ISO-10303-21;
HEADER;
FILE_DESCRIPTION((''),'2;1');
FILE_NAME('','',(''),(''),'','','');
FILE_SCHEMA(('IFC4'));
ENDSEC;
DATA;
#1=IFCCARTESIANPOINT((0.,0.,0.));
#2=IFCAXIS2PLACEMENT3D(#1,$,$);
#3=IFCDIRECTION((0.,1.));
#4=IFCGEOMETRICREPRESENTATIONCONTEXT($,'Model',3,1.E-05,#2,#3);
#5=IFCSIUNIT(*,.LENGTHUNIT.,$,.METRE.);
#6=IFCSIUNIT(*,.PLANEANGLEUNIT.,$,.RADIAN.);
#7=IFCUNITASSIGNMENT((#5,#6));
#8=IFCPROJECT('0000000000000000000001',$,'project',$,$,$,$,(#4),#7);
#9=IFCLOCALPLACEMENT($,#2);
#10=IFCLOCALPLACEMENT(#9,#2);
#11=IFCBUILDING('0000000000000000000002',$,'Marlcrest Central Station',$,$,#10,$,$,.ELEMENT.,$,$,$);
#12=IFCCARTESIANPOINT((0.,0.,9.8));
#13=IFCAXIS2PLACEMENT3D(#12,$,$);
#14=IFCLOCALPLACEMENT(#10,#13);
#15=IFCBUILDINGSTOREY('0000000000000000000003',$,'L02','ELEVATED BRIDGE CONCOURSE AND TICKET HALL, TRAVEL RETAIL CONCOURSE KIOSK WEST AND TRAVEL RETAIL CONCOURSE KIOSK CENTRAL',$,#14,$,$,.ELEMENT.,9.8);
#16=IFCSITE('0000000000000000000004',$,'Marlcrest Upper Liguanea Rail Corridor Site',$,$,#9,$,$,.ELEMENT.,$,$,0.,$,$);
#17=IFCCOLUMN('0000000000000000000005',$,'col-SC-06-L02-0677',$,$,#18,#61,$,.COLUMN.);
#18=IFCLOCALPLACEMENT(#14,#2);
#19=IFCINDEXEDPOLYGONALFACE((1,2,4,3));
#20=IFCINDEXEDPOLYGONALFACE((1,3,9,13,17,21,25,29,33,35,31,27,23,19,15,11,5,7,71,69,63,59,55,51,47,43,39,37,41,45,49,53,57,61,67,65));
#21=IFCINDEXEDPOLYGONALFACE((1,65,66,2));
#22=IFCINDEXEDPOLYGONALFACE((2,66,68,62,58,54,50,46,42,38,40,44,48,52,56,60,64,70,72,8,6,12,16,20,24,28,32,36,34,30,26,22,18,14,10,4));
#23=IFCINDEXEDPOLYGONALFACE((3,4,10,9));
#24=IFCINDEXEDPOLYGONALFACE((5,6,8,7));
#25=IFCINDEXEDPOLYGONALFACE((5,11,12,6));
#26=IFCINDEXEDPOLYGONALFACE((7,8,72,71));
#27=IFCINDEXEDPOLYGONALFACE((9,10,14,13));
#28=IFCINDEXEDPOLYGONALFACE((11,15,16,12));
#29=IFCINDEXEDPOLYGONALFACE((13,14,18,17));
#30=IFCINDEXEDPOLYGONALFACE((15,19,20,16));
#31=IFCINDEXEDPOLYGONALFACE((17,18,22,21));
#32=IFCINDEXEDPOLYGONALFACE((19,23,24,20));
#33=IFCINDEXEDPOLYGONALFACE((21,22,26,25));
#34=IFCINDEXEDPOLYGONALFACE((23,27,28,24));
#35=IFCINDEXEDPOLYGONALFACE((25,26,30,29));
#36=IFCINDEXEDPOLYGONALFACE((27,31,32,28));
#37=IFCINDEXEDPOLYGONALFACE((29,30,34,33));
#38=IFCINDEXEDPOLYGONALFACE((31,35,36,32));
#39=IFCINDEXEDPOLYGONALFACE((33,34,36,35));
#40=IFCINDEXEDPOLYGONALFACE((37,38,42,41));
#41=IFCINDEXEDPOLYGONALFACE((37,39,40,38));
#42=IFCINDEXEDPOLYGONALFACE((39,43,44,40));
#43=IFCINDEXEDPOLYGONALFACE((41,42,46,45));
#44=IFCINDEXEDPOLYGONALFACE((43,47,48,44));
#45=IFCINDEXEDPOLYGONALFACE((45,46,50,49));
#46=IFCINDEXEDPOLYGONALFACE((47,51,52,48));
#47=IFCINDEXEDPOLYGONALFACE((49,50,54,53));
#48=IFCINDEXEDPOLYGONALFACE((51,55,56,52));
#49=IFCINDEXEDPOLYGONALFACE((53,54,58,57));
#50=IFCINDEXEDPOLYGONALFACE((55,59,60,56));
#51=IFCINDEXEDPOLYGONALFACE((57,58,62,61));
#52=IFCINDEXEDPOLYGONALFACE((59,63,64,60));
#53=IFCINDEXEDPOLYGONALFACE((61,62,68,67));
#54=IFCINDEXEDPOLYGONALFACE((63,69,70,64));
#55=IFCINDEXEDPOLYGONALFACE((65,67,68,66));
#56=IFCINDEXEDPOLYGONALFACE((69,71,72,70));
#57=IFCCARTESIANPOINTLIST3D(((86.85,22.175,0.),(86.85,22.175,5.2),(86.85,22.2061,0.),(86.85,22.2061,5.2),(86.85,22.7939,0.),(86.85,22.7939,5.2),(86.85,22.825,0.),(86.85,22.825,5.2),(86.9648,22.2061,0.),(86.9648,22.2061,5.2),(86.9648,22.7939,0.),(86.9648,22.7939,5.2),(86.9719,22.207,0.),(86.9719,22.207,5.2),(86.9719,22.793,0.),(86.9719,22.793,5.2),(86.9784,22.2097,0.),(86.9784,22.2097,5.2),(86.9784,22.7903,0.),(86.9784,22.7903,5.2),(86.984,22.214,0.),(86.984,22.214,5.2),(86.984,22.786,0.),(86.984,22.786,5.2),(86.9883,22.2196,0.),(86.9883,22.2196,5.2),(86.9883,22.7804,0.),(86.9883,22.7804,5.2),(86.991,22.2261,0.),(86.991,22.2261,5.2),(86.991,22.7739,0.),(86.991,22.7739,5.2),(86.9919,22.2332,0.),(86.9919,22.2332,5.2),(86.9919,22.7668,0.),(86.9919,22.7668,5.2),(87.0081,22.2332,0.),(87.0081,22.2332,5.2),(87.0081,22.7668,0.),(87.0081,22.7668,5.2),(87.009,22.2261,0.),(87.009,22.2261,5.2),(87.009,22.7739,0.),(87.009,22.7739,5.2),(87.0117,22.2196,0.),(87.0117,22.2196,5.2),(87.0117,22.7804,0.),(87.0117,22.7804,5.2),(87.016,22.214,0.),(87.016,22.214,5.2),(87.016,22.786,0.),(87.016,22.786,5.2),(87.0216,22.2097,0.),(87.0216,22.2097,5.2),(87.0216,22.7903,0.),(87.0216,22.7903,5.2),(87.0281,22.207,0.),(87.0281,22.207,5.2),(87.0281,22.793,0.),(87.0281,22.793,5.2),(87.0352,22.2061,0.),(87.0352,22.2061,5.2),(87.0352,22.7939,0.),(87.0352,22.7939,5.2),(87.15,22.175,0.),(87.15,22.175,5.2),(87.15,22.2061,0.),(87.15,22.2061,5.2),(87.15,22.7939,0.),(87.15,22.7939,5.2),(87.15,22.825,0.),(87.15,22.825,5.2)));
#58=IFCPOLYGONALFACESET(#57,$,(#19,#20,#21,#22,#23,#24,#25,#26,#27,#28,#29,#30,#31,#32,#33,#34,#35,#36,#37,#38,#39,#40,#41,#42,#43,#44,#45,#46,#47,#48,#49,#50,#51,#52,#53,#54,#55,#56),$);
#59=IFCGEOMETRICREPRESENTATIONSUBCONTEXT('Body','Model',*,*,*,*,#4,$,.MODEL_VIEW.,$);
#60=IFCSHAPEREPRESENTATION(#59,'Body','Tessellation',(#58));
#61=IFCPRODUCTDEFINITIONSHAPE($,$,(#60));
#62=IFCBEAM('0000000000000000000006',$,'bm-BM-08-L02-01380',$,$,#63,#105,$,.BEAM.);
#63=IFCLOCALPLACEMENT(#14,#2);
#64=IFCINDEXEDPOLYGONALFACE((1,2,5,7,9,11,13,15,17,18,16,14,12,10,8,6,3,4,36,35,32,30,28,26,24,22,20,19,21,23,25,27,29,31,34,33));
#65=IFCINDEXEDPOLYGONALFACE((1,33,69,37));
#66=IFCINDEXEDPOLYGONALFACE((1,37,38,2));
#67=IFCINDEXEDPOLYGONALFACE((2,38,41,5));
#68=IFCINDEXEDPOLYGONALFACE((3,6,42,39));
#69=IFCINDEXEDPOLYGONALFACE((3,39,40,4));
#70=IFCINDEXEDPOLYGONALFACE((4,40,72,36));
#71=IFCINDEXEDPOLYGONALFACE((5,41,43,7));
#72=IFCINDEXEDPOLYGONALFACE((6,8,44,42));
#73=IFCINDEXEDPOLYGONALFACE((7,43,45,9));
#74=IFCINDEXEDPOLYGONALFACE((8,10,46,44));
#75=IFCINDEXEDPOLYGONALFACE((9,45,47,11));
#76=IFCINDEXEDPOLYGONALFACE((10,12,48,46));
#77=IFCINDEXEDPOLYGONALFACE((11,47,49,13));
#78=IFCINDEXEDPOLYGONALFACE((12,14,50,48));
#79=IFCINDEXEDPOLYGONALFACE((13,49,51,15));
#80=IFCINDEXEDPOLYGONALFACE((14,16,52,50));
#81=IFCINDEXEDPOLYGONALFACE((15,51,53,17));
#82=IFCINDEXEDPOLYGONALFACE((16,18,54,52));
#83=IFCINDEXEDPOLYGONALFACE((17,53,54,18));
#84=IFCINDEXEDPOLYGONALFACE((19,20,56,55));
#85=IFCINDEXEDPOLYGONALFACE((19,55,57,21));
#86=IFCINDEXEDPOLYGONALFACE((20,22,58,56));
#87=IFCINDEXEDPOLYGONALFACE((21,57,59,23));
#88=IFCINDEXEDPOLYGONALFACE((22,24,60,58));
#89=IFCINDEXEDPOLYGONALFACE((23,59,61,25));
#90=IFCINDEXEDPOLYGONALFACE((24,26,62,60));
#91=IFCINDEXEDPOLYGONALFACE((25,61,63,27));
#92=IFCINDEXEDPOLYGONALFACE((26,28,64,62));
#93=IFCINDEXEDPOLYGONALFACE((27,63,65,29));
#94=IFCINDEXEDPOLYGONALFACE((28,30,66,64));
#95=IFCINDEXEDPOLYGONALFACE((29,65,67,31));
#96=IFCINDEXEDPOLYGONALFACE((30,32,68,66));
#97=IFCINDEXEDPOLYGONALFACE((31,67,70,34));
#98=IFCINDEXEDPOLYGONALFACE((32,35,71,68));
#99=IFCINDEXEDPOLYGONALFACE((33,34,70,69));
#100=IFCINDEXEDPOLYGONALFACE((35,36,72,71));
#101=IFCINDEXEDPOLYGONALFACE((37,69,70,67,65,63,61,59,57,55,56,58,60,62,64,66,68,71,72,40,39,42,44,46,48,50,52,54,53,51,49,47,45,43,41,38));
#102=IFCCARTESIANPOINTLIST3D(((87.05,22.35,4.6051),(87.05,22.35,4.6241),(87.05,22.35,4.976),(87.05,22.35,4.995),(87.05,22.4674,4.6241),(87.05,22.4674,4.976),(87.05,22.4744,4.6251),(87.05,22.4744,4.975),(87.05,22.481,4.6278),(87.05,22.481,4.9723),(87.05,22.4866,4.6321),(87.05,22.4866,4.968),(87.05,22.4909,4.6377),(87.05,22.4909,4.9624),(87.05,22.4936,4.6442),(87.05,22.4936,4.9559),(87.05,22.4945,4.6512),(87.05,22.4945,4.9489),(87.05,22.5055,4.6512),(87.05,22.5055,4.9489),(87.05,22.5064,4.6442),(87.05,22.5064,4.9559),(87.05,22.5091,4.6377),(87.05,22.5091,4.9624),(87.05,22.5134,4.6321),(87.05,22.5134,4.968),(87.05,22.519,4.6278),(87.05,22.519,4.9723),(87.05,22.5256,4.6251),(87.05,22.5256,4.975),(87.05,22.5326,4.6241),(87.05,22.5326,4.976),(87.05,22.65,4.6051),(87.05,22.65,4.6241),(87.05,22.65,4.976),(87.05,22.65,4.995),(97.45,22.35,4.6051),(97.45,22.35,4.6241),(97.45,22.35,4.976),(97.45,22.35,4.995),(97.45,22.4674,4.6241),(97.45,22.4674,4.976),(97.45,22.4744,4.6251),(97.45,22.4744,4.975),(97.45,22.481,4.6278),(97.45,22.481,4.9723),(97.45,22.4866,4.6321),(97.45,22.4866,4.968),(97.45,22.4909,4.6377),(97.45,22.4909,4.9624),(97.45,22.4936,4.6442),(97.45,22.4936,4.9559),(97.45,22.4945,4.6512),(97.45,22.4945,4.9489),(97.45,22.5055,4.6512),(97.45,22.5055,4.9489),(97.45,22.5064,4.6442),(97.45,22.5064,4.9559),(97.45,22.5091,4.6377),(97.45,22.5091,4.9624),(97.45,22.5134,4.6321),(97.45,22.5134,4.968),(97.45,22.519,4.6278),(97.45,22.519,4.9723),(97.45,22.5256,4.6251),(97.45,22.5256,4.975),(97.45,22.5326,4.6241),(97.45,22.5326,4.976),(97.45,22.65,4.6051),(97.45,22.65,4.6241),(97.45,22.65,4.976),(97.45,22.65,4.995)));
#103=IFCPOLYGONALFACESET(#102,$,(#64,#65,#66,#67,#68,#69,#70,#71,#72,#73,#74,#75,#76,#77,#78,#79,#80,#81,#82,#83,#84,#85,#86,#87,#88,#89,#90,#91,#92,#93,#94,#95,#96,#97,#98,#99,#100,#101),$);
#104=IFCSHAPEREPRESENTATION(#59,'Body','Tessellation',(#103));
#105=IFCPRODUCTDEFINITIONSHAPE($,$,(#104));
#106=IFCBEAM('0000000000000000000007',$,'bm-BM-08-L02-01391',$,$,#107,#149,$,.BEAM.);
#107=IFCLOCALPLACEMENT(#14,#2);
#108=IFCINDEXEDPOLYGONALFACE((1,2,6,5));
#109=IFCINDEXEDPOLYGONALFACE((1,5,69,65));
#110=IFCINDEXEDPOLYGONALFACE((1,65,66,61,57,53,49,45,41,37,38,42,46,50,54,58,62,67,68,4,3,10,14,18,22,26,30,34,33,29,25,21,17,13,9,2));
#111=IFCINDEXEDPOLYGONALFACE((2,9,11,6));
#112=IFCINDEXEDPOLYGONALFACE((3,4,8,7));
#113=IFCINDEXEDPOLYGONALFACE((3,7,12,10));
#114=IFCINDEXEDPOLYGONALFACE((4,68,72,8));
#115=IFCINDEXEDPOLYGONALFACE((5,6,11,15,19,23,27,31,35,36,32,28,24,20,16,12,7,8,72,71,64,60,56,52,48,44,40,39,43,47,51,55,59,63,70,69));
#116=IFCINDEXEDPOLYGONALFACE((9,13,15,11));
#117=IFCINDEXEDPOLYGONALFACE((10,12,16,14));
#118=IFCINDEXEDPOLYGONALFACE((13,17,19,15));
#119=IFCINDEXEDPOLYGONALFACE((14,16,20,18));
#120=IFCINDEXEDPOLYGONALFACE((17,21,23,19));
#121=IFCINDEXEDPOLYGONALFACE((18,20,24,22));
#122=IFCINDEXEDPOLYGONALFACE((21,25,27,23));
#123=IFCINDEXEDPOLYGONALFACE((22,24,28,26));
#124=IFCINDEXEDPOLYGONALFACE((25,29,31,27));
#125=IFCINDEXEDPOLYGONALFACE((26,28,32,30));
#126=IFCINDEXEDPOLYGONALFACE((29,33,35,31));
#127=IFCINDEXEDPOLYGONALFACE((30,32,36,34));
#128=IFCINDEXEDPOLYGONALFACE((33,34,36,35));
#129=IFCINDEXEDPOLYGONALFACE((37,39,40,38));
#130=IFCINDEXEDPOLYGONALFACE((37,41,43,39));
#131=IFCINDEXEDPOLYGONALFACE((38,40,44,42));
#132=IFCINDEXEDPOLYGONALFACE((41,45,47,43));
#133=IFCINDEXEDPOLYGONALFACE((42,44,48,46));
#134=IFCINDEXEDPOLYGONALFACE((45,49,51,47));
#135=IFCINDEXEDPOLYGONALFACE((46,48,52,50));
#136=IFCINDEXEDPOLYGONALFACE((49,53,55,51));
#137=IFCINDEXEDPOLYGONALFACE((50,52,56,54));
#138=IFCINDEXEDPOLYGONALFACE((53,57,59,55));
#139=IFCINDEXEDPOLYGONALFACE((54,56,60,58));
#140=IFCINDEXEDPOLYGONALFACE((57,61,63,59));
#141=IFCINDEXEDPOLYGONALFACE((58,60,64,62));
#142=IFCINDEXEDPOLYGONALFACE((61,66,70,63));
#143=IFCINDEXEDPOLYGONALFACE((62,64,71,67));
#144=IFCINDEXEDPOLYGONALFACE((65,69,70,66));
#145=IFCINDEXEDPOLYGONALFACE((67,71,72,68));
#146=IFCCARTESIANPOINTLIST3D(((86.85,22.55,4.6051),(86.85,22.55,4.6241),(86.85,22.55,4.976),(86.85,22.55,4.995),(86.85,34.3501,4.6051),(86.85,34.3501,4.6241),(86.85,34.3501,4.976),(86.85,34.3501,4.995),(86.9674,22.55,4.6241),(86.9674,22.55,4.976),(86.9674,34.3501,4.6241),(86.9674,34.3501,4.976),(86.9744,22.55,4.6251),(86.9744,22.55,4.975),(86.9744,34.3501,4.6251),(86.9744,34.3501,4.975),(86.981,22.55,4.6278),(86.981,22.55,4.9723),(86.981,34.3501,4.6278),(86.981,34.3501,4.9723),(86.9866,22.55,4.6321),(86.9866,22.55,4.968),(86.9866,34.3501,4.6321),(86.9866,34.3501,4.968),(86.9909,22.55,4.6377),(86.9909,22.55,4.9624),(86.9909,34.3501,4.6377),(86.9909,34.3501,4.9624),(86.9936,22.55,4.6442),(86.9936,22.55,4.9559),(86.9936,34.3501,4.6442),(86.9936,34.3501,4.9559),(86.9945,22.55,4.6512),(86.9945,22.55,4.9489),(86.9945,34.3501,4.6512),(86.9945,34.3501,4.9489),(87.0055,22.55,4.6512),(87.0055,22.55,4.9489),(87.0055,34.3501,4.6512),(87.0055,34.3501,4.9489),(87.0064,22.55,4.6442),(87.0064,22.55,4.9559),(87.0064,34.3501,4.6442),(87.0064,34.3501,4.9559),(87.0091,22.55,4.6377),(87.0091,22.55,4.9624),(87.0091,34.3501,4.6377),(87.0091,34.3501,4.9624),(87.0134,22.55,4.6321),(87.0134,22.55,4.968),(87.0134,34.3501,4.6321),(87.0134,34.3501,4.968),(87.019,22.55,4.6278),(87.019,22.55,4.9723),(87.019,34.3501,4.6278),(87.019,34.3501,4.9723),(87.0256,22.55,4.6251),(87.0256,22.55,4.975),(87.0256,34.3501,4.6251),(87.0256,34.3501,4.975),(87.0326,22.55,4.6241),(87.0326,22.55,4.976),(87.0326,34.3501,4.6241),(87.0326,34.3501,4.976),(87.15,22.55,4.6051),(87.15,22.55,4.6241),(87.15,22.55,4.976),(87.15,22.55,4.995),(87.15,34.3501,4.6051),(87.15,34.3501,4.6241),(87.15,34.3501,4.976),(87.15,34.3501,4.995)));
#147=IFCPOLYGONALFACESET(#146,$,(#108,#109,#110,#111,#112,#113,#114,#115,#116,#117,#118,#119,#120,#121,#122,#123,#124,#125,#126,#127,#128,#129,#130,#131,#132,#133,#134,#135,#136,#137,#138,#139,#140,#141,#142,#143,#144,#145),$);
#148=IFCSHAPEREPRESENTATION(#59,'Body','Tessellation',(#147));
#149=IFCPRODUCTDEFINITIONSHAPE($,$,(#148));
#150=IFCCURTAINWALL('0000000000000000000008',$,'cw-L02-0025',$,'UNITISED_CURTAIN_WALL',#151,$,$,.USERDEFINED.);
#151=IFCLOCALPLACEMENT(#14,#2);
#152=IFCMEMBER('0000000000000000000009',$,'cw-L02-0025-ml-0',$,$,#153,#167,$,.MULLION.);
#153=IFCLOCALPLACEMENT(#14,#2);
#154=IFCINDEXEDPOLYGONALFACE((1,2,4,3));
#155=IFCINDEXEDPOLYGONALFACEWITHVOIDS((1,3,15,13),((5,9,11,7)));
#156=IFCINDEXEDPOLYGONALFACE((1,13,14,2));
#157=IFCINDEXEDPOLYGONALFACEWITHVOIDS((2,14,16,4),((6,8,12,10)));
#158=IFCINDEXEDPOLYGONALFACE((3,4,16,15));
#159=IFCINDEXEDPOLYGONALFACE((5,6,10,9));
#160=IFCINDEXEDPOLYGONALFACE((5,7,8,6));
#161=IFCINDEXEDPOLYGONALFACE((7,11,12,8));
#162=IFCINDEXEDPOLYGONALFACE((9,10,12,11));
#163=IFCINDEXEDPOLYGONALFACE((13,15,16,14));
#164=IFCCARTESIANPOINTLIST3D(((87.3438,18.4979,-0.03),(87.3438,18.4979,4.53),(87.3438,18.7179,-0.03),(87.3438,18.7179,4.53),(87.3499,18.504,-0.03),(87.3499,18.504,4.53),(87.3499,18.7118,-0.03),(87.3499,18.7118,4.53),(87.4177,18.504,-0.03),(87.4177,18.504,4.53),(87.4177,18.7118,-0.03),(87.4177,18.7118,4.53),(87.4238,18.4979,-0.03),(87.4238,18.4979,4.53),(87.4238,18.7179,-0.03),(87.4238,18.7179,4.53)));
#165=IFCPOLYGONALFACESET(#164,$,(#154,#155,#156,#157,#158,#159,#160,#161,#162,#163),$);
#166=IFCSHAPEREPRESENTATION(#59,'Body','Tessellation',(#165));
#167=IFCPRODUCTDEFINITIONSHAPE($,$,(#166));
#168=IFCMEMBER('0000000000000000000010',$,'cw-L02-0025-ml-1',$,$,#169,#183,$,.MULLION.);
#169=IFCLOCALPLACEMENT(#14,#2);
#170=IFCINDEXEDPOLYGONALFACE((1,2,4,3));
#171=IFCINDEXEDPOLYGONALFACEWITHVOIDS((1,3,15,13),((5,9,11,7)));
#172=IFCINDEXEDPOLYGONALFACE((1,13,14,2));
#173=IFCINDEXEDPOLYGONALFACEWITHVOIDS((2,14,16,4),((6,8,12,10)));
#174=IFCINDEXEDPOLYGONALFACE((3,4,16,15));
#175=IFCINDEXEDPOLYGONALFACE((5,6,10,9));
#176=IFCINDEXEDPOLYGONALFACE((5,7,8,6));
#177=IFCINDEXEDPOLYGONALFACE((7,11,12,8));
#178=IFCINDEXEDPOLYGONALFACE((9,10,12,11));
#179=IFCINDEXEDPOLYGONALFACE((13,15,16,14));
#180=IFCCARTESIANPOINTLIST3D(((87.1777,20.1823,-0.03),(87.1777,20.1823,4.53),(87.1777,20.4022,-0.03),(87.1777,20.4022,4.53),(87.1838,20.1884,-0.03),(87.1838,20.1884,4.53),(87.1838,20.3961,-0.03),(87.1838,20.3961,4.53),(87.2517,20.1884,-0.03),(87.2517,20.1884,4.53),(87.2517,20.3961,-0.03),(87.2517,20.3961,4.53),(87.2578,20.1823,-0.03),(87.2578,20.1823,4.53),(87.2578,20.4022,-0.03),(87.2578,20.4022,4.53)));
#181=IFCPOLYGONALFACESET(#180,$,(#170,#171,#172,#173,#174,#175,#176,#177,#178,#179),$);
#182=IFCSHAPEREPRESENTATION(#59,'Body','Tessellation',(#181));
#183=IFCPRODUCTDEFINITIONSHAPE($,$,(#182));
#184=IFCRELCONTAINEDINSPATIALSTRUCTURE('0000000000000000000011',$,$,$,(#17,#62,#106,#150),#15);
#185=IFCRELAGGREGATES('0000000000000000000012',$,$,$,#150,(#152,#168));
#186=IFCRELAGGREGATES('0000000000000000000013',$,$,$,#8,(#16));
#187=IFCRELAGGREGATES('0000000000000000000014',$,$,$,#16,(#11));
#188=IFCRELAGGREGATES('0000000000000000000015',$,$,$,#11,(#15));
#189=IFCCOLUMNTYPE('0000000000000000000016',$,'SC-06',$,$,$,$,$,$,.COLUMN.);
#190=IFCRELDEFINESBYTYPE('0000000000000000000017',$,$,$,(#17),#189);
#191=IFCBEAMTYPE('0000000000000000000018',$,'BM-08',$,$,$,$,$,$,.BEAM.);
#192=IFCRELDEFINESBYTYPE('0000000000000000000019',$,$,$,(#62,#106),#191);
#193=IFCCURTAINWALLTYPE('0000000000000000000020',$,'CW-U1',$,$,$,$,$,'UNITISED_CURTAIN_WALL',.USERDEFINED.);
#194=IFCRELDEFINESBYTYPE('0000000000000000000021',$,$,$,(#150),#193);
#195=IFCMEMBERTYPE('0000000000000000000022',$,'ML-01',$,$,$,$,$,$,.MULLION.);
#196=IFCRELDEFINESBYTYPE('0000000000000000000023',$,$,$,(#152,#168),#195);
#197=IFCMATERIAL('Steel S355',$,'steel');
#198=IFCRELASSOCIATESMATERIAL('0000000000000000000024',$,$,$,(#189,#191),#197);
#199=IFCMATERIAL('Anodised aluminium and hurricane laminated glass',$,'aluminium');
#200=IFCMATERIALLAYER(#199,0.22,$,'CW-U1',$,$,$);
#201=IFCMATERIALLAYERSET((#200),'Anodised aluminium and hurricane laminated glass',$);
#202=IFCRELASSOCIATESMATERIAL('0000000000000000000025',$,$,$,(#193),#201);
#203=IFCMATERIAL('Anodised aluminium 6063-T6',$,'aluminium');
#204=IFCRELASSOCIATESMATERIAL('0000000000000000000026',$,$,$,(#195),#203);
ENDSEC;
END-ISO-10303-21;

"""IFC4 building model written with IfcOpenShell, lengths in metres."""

from ifc_helpers import new_model, si_unit, direction, frame, origin, origin_2d, place, context, subcontext, project, spatial, hollow_rectangle, i_section, extrude, material, layer, layer_set, material_profile, profile_set, type_object, element, aggregate, save


model = new_model("IFC4")

# Units and contexts
model_context = context("Model", 3, precision=1e-05, world=origin(), true_north=direction((0.0, 1.0)))
body_context = subcontext(model_context, "Body", "Model", "MODEL_VIEW")
ifc_project = project(units=[si_unit("LENGTHUNIT", "METRE"), si_unit("PLANEANGLEUNIT", "RADIAN")], contexts=[model_context])

# Site, building, storey
site_placement = place(None, origin())
site = spatial("IfcSite", under=ifc_project, at=site_placement, Name="Marlcrest Upper Liguanea Rail Corridor Site", CompositionType="ELEMENT", RefElevation=0.0)
building_placement = place(site_placement, origin())
building = spatial("IfcBuilding", under=site, at=building_placement, Name="Marlcrest Central Station", CompositionType="ELEMENT")
storey_placement = place(building_placement, frame((0.0, 0.0, 9.8)))
storey = spatial("IfcBuildingStorey", under=building, at=storey_placement, Name="L02", Description="ELEVATED BRIDGE CONCOURSE AND TICKET HALL, TRAVEL RETAIL CONCOURSE KIOSK WEST AND TRAVEL RETAIL CONCOURSE KIOSK CENTRAL", CompositionType="ELEMENT", Elevation=9.8)

# Column
ifc_material_1 = material(Name="Steel S355", Category="steel")
ifc_material_profile_1 = material_profile(ifc_material_1, i_section(OverallWidth=0.3, OverallDepth=0.6499, WebThickness=0.0161, FlangeThickness=0.031, FilletRadius=0.0271, at=origin_2d()), Name="HEB 650")
ifc_profile_set_1 = profile_set([ifc_material_profile_1], Name="Steel S355")
column_type = type_object("IfcColumnType", Name="SC-06", PredefinedType="COLUMN", material=ifc_profile_set_1)
column_placement = place(storey_placement, frame((87.0, 22.5, 0.0), z_axis=(0.0, 0.0, 1.0), x_axis=(1.0, 0.0, 0.0)))
element("IfcColumn", 1, at=column_placement, inside=storey, type_object=column_type, Name="col-SC-06-L02-0677", PredefinedType="COLUMN", context=body_context, shape_type="SweptSolid", body=[
    extrude(i_section(OverallWidth=0.3, OverallDepth=0.6499, WebThickness=0.0161, FlangeThickness=0.031, FilletRadius=0.0271, at=origin_2d()), origin(), (0.0, 0.0, 1.0), 5.2),
])

# Beams
ifc_material_profile_2 = material_profile(ifc_material_1, i_section(OverallWidth=0.3, OverallDepth=0.3899, WebThickness=0.011, FlangeThickness=0.019, FilletRadius=0.0271, at=origin_2d()), Name="HEA 400")
ifc_profile_set_2 = profile_set([ifc_material_profile_2], Name="Steel S355")
beam_type_1 = type_object("IfcBeamType", Name="BM-08", PredefinedType="BEAM", material=ifc_profile_set_2)
beam_1_placement = place(storey_placement, frame((87.05, 22.5, 4.8), z_axis=(1.0, 0.0, 0.0), x_axis=(0.0, 1.0, 0.0)))
element("IfcBeam", 2, at=beam_1_placement, inside=storey, type_object=beam_type_1, Name="bm-BM-08-L02-01380", PredefinedType="BEAM", context=body_context, shape_type="SweptSolid", body=[
    extrude(i_section(OverallWidth=0.3, OverallDepth=0.3899, WebThickness=0.011, FlangeThickness=0.019, FilletRadius=0.0271, at=origin_2d()), origin(), (0.0, 0.0, 1.0), 10.3999),
])
beam_2_placement = place(storey_placement, frame((87.0, 22.55, 4.8), z_axis=(0.0, 1.0, 0.0), x_axis=(-1.0, 0.0, 0.0)))
element("IfcBeam", 3, at=beam_2_placement, inside=storey, type_object=beam_type_1, Name="bm-BM-08-L02-01391", PredefinedType="BEAM", context=body_context, shape_type="SweptSolid", body=[
    extrude(i_section(OverallWidth=0.3, OverallDepth=0.3899, WebThickness=0.011, FlangeThickness=0.019, FilletRadius=0.0271, at=origin_2d()), origin(), (0.0, 0.0, 1.0), 11.8),
])

# Curtain wall, members
ifc_material_2 = material(Name="Anodised aluminium and hurricane laminated glass", Category="aluminium")
ifc_layer_1 = layer(ifc_material_2, 0.22, Name="CW-U1")
ifc_layer_set_1 = layer_set([ifc_layer_1], Name="Anodised aluminium and hurricane laminated glass")
curtain_wall_type = type_object("IfcCurtainWallType", Name="CW-U1", ElementType="UNITISED_CURTAIN_WALL", PredefinedType="USERDEFINED", material=ifc_layer_set_1)
curtain_wall_1_placement = place(storey_placement, origin())
curtain_wall_1 = element("IfcCurtainWall", 4, at=curtain_wall_1_placement, inside=storey, type_object=curtain_wall_type, Name="cw-L02-0025", ObjectType="UNITISED_CURTAIN_WALL", PredefinedType="USERDEFINED")
ifc_material_3 = material(Name="Anodised aluminium 6063-T6", Category="aluminium")
ifc_material_profile_3 = material_profile(ifc_material_3, hollow_rectangle(XDim=0.0801, YDim=0.22, WallThickness=0.0061, at=origin_2d()), Name="AA-RHS 220x80x6")
ifc_profile_set_3 = profile_set([ifc_material_profile_3], Name="Anodised aluminium 6063-T6")
member_type_1 = type_object("IfcMemberType", Name="ML-01", PredefinedType="MULLION", material=ifc_profile_set_3)
member_1_placement = place(storey_placement, frame((87.3838, 18.6079, -0.03), z_axis=(0.0, 0.0, 1.0), x_axis=(1.0, 0.0, 0.0)))
member_1 = element("IfcMember", 5, at=member_1_placement, type_object=member_type_1, Name="cw-L02-0025-ml-0", PredefinedType="MULLION", context=body_context, shape_type="SweptSolid", body=[
    extrude(hollow_rectangle(XDim=0.0801, YDim=0.22, WallThickness=0.0061, at=origin_2d()), origin(), (0.0, 0.0, 1.0), 4.5601),
])
member_2_placement = place(storey_placement, frame((87.2178, 20.2922, -0.03), z_axis=(0.0, 0.0, 1.0), x_axis=(1.0, 0.0, 0.0)))
member_2 = element("IfcMember", 6, at=member_2_placement, type_object=member_type_1, Name="cw-L02-0025-ml-1", PredefinedType="MULLION", context=body_context, shape_type="SweptSolid", body=[
    extrude(hollow_rectangle(XDim=0.0801, YDim=0.22, WallThickness=0.0061, at=origin_2d()), origin(), (0.0, 0.0, 1.0), 4.5601),
])

aggregate(curtain_wall_1, [member_1, member_2])

save(model, "model.ifc")
